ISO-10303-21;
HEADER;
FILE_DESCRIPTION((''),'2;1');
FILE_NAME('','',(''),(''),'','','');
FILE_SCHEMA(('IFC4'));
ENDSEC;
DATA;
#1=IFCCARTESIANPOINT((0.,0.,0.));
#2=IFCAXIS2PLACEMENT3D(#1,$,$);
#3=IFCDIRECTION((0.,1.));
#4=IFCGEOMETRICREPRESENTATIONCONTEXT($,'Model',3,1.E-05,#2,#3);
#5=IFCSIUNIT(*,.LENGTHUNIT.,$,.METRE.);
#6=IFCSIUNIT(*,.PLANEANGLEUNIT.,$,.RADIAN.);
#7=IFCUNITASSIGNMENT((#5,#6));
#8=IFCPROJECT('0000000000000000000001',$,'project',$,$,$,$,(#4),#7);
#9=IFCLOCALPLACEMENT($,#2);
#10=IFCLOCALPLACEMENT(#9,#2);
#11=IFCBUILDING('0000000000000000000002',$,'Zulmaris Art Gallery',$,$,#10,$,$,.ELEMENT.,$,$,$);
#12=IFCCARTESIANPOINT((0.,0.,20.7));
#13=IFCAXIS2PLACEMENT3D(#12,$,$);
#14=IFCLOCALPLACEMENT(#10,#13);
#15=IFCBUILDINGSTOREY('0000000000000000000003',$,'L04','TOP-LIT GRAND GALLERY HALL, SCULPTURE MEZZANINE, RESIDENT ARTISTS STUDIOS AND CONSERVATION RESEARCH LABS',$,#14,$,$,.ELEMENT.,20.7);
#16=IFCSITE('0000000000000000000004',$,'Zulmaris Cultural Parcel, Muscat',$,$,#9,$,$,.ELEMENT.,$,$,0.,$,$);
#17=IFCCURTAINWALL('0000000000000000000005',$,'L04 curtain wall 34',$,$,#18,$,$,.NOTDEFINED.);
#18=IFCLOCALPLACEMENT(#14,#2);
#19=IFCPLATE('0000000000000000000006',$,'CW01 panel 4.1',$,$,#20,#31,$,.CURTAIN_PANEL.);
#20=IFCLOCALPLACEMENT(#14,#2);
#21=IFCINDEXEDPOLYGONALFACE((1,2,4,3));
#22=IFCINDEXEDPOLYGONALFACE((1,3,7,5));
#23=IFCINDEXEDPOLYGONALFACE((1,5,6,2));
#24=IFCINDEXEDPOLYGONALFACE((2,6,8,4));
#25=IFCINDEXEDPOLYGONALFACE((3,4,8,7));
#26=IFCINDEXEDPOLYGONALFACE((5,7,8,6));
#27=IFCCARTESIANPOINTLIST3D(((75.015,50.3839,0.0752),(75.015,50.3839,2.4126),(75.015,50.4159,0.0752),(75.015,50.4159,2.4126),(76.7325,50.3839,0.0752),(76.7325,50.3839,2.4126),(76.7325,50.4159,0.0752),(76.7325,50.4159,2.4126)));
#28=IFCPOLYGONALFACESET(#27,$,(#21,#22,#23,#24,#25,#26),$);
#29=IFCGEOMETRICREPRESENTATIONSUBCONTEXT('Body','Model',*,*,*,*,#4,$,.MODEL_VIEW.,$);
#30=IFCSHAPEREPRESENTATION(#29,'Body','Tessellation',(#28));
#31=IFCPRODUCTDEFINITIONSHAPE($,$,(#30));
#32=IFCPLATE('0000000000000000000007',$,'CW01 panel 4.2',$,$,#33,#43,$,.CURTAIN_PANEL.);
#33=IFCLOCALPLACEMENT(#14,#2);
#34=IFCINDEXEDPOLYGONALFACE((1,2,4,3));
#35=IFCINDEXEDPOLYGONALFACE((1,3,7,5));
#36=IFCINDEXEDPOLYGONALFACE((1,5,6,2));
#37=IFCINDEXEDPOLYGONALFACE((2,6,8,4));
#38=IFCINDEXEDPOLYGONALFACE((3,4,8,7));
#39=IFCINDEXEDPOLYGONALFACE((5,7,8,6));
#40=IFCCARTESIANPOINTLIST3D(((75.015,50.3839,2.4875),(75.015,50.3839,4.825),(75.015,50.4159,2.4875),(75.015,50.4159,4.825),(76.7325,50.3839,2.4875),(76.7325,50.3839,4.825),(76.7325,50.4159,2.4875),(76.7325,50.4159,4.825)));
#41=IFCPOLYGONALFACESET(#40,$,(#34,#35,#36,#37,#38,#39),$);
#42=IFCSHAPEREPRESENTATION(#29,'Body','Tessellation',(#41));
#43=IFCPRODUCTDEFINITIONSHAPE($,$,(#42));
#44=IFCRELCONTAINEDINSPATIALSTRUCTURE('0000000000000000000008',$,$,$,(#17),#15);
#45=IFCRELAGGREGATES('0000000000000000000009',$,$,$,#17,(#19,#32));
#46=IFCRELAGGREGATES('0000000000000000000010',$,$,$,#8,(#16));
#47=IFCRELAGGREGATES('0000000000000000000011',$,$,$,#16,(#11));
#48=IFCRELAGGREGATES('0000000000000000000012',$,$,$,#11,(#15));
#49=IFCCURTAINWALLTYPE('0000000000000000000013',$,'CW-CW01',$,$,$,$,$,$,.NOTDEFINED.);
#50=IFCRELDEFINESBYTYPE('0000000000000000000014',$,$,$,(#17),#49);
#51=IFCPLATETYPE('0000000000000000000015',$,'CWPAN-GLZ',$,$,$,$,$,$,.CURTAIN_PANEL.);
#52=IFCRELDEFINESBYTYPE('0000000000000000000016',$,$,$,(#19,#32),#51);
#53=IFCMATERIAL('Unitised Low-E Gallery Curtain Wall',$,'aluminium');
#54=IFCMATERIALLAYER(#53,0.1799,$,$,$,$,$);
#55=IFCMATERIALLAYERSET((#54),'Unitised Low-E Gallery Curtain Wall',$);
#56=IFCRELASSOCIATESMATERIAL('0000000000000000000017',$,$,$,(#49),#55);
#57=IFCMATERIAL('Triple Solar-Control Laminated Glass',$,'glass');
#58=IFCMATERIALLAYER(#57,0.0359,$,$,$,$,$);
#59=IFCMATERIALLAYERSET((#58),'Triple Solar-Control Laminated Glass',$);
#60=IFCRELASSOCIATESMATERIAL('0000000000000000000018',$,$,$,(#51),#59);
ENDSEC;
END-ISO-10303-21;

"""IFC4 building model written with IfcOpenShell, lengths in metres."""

from ifc_helpers import new_model, si_unit, direction, frame, origin, origin_2d, place, context, subcontext, project, spatial, rectangle, extrude, material, layer, layer_set, type_object, element, aggregate, save


model = new_model("IFC4")

# Units and contexts
model_context = context("Model", 3, precision=1e-05, world=origin(), true_north=direction((0.0, 1.0)))
body_context = subcontext(model_context, "Body", "Model", "MODEL_VIEW")
ifc_project = project(units=[si_unit("LENGTHUNIT", "METRE"), si_unit("PLANEANGLEUNIT", "RADIAN")], contexts=[model_context])

# Site, building, storey
site_placement = place(None, origin())
site = spatial("IfcSite", under=ifc_project, at=site_placement, Name="Zulmaris Cultural Parcel, Muscat", CompositionType="ELEMENT", RefElevation=0.0)
building_placement = place(site_placement, origin())
building = spatial("IfcBuilding", under=site, at=building_placement, Name="Zulmaris Art Gallery", CompositionType="ELEMENT")
storey_placement = place(building_placement, frame((0.0, 0.0, 20.7)))
storey = spatial("IfcBuildingStorey", under=building, at=storey_placement, Name="L04", Description="TOP-LIT GRAND GALLERY HALL, SCULPTURE MEZZANINE, RESIDENT ARTISTS STUDIOS AND CONSERVATION RESEARCH LABS", CompositionType="ELEMENT", Elevation=20.7)

# Shared definitions
ifc_material_1 = material(Name="Unitised Low-E Gallery Curtain Wall", Category="aluminium")
ifc_layer_1 = layer(ifc_material_1, 0.1799)
ifc_layer_set_1 = layer_set([ifc_layer_1], Name="Unitised Low-E Gallery Curtain Wall")
curtain_wall_type = type_object("IfcCurtainWallType", Name="CW-CW01", PredefinedType="NOTDEFINED", material=ifc_layer_set_1)

# Curtain wall
curtain_wall_1_placement = place(storey_placement, origin())
curtain_wall_1 = element("IfcCurtainWall", 1, at=curtain_wall_1_placement, inside=storey, type_object=curtain_wall_type, Name="L04 curtain wall 34", PredefinedType="NOTDEFINED")

# Plates
ifc_material_2 = material(Name="Triple Solar-Control Laminated Glass", Category="glass")
ifc_layer_2 = layer(ifc_material_2, 0.0359)
ifc_layer_set_2 = layer_set([ifc_layer_2], Name="Triple Solar-Control Laminated Glass")
plate_type = type_object("IfcPlateType", Name="CWPAN-GLZ", PredefinedType="CURTAIN_PANEL", material=ifc_layer_set_2)
plate_1_placement = place(storey_placement, frame((75.8738, 50.3999, 0.0752), z_axis=(0.0, 0.0, 1.0), x_axis=(-1.0, 0.0, 0.0)))
plate_1 = element("IfcPlate", 2, at=plate_1_placement, type_object=plate_type, Name="CW01 panel 4.1", PredefinedType="CURTAIN_PANEL", context=body_context, shape_type="SweptSolid", body=[
    extrude(rectangle(XDim=1.7175, YDim=0.032, at=origin_2d()), origin(), (0.0, 0.0, 1.0), 2.3374),
])
plate_2_placement = place(storey_placement, frame((75.8738, 50.3999, 2.4875), z_axis=(0.0, 0.0, 1.0), x_axis=(-1.0, 0.0, 0.0)))
plate_2 = element("IfcPlate", 3, at=plate_2_placement, type_object=plate_type, Name="CW01 panel 4.2", PredefinedType="CURTAIN_PANEL", context=body_context, shape_type="SweptSolid", body=[
    extrude(rectangle(XDim=1.7175, YDim=0.032, at=origin_2d()), origin(), (0.0, 0.0, 1.0), 2.3374),
])
aggregate(curtain_wall_1, [plate_1, plate_2])

save(model, "model.ifc")
